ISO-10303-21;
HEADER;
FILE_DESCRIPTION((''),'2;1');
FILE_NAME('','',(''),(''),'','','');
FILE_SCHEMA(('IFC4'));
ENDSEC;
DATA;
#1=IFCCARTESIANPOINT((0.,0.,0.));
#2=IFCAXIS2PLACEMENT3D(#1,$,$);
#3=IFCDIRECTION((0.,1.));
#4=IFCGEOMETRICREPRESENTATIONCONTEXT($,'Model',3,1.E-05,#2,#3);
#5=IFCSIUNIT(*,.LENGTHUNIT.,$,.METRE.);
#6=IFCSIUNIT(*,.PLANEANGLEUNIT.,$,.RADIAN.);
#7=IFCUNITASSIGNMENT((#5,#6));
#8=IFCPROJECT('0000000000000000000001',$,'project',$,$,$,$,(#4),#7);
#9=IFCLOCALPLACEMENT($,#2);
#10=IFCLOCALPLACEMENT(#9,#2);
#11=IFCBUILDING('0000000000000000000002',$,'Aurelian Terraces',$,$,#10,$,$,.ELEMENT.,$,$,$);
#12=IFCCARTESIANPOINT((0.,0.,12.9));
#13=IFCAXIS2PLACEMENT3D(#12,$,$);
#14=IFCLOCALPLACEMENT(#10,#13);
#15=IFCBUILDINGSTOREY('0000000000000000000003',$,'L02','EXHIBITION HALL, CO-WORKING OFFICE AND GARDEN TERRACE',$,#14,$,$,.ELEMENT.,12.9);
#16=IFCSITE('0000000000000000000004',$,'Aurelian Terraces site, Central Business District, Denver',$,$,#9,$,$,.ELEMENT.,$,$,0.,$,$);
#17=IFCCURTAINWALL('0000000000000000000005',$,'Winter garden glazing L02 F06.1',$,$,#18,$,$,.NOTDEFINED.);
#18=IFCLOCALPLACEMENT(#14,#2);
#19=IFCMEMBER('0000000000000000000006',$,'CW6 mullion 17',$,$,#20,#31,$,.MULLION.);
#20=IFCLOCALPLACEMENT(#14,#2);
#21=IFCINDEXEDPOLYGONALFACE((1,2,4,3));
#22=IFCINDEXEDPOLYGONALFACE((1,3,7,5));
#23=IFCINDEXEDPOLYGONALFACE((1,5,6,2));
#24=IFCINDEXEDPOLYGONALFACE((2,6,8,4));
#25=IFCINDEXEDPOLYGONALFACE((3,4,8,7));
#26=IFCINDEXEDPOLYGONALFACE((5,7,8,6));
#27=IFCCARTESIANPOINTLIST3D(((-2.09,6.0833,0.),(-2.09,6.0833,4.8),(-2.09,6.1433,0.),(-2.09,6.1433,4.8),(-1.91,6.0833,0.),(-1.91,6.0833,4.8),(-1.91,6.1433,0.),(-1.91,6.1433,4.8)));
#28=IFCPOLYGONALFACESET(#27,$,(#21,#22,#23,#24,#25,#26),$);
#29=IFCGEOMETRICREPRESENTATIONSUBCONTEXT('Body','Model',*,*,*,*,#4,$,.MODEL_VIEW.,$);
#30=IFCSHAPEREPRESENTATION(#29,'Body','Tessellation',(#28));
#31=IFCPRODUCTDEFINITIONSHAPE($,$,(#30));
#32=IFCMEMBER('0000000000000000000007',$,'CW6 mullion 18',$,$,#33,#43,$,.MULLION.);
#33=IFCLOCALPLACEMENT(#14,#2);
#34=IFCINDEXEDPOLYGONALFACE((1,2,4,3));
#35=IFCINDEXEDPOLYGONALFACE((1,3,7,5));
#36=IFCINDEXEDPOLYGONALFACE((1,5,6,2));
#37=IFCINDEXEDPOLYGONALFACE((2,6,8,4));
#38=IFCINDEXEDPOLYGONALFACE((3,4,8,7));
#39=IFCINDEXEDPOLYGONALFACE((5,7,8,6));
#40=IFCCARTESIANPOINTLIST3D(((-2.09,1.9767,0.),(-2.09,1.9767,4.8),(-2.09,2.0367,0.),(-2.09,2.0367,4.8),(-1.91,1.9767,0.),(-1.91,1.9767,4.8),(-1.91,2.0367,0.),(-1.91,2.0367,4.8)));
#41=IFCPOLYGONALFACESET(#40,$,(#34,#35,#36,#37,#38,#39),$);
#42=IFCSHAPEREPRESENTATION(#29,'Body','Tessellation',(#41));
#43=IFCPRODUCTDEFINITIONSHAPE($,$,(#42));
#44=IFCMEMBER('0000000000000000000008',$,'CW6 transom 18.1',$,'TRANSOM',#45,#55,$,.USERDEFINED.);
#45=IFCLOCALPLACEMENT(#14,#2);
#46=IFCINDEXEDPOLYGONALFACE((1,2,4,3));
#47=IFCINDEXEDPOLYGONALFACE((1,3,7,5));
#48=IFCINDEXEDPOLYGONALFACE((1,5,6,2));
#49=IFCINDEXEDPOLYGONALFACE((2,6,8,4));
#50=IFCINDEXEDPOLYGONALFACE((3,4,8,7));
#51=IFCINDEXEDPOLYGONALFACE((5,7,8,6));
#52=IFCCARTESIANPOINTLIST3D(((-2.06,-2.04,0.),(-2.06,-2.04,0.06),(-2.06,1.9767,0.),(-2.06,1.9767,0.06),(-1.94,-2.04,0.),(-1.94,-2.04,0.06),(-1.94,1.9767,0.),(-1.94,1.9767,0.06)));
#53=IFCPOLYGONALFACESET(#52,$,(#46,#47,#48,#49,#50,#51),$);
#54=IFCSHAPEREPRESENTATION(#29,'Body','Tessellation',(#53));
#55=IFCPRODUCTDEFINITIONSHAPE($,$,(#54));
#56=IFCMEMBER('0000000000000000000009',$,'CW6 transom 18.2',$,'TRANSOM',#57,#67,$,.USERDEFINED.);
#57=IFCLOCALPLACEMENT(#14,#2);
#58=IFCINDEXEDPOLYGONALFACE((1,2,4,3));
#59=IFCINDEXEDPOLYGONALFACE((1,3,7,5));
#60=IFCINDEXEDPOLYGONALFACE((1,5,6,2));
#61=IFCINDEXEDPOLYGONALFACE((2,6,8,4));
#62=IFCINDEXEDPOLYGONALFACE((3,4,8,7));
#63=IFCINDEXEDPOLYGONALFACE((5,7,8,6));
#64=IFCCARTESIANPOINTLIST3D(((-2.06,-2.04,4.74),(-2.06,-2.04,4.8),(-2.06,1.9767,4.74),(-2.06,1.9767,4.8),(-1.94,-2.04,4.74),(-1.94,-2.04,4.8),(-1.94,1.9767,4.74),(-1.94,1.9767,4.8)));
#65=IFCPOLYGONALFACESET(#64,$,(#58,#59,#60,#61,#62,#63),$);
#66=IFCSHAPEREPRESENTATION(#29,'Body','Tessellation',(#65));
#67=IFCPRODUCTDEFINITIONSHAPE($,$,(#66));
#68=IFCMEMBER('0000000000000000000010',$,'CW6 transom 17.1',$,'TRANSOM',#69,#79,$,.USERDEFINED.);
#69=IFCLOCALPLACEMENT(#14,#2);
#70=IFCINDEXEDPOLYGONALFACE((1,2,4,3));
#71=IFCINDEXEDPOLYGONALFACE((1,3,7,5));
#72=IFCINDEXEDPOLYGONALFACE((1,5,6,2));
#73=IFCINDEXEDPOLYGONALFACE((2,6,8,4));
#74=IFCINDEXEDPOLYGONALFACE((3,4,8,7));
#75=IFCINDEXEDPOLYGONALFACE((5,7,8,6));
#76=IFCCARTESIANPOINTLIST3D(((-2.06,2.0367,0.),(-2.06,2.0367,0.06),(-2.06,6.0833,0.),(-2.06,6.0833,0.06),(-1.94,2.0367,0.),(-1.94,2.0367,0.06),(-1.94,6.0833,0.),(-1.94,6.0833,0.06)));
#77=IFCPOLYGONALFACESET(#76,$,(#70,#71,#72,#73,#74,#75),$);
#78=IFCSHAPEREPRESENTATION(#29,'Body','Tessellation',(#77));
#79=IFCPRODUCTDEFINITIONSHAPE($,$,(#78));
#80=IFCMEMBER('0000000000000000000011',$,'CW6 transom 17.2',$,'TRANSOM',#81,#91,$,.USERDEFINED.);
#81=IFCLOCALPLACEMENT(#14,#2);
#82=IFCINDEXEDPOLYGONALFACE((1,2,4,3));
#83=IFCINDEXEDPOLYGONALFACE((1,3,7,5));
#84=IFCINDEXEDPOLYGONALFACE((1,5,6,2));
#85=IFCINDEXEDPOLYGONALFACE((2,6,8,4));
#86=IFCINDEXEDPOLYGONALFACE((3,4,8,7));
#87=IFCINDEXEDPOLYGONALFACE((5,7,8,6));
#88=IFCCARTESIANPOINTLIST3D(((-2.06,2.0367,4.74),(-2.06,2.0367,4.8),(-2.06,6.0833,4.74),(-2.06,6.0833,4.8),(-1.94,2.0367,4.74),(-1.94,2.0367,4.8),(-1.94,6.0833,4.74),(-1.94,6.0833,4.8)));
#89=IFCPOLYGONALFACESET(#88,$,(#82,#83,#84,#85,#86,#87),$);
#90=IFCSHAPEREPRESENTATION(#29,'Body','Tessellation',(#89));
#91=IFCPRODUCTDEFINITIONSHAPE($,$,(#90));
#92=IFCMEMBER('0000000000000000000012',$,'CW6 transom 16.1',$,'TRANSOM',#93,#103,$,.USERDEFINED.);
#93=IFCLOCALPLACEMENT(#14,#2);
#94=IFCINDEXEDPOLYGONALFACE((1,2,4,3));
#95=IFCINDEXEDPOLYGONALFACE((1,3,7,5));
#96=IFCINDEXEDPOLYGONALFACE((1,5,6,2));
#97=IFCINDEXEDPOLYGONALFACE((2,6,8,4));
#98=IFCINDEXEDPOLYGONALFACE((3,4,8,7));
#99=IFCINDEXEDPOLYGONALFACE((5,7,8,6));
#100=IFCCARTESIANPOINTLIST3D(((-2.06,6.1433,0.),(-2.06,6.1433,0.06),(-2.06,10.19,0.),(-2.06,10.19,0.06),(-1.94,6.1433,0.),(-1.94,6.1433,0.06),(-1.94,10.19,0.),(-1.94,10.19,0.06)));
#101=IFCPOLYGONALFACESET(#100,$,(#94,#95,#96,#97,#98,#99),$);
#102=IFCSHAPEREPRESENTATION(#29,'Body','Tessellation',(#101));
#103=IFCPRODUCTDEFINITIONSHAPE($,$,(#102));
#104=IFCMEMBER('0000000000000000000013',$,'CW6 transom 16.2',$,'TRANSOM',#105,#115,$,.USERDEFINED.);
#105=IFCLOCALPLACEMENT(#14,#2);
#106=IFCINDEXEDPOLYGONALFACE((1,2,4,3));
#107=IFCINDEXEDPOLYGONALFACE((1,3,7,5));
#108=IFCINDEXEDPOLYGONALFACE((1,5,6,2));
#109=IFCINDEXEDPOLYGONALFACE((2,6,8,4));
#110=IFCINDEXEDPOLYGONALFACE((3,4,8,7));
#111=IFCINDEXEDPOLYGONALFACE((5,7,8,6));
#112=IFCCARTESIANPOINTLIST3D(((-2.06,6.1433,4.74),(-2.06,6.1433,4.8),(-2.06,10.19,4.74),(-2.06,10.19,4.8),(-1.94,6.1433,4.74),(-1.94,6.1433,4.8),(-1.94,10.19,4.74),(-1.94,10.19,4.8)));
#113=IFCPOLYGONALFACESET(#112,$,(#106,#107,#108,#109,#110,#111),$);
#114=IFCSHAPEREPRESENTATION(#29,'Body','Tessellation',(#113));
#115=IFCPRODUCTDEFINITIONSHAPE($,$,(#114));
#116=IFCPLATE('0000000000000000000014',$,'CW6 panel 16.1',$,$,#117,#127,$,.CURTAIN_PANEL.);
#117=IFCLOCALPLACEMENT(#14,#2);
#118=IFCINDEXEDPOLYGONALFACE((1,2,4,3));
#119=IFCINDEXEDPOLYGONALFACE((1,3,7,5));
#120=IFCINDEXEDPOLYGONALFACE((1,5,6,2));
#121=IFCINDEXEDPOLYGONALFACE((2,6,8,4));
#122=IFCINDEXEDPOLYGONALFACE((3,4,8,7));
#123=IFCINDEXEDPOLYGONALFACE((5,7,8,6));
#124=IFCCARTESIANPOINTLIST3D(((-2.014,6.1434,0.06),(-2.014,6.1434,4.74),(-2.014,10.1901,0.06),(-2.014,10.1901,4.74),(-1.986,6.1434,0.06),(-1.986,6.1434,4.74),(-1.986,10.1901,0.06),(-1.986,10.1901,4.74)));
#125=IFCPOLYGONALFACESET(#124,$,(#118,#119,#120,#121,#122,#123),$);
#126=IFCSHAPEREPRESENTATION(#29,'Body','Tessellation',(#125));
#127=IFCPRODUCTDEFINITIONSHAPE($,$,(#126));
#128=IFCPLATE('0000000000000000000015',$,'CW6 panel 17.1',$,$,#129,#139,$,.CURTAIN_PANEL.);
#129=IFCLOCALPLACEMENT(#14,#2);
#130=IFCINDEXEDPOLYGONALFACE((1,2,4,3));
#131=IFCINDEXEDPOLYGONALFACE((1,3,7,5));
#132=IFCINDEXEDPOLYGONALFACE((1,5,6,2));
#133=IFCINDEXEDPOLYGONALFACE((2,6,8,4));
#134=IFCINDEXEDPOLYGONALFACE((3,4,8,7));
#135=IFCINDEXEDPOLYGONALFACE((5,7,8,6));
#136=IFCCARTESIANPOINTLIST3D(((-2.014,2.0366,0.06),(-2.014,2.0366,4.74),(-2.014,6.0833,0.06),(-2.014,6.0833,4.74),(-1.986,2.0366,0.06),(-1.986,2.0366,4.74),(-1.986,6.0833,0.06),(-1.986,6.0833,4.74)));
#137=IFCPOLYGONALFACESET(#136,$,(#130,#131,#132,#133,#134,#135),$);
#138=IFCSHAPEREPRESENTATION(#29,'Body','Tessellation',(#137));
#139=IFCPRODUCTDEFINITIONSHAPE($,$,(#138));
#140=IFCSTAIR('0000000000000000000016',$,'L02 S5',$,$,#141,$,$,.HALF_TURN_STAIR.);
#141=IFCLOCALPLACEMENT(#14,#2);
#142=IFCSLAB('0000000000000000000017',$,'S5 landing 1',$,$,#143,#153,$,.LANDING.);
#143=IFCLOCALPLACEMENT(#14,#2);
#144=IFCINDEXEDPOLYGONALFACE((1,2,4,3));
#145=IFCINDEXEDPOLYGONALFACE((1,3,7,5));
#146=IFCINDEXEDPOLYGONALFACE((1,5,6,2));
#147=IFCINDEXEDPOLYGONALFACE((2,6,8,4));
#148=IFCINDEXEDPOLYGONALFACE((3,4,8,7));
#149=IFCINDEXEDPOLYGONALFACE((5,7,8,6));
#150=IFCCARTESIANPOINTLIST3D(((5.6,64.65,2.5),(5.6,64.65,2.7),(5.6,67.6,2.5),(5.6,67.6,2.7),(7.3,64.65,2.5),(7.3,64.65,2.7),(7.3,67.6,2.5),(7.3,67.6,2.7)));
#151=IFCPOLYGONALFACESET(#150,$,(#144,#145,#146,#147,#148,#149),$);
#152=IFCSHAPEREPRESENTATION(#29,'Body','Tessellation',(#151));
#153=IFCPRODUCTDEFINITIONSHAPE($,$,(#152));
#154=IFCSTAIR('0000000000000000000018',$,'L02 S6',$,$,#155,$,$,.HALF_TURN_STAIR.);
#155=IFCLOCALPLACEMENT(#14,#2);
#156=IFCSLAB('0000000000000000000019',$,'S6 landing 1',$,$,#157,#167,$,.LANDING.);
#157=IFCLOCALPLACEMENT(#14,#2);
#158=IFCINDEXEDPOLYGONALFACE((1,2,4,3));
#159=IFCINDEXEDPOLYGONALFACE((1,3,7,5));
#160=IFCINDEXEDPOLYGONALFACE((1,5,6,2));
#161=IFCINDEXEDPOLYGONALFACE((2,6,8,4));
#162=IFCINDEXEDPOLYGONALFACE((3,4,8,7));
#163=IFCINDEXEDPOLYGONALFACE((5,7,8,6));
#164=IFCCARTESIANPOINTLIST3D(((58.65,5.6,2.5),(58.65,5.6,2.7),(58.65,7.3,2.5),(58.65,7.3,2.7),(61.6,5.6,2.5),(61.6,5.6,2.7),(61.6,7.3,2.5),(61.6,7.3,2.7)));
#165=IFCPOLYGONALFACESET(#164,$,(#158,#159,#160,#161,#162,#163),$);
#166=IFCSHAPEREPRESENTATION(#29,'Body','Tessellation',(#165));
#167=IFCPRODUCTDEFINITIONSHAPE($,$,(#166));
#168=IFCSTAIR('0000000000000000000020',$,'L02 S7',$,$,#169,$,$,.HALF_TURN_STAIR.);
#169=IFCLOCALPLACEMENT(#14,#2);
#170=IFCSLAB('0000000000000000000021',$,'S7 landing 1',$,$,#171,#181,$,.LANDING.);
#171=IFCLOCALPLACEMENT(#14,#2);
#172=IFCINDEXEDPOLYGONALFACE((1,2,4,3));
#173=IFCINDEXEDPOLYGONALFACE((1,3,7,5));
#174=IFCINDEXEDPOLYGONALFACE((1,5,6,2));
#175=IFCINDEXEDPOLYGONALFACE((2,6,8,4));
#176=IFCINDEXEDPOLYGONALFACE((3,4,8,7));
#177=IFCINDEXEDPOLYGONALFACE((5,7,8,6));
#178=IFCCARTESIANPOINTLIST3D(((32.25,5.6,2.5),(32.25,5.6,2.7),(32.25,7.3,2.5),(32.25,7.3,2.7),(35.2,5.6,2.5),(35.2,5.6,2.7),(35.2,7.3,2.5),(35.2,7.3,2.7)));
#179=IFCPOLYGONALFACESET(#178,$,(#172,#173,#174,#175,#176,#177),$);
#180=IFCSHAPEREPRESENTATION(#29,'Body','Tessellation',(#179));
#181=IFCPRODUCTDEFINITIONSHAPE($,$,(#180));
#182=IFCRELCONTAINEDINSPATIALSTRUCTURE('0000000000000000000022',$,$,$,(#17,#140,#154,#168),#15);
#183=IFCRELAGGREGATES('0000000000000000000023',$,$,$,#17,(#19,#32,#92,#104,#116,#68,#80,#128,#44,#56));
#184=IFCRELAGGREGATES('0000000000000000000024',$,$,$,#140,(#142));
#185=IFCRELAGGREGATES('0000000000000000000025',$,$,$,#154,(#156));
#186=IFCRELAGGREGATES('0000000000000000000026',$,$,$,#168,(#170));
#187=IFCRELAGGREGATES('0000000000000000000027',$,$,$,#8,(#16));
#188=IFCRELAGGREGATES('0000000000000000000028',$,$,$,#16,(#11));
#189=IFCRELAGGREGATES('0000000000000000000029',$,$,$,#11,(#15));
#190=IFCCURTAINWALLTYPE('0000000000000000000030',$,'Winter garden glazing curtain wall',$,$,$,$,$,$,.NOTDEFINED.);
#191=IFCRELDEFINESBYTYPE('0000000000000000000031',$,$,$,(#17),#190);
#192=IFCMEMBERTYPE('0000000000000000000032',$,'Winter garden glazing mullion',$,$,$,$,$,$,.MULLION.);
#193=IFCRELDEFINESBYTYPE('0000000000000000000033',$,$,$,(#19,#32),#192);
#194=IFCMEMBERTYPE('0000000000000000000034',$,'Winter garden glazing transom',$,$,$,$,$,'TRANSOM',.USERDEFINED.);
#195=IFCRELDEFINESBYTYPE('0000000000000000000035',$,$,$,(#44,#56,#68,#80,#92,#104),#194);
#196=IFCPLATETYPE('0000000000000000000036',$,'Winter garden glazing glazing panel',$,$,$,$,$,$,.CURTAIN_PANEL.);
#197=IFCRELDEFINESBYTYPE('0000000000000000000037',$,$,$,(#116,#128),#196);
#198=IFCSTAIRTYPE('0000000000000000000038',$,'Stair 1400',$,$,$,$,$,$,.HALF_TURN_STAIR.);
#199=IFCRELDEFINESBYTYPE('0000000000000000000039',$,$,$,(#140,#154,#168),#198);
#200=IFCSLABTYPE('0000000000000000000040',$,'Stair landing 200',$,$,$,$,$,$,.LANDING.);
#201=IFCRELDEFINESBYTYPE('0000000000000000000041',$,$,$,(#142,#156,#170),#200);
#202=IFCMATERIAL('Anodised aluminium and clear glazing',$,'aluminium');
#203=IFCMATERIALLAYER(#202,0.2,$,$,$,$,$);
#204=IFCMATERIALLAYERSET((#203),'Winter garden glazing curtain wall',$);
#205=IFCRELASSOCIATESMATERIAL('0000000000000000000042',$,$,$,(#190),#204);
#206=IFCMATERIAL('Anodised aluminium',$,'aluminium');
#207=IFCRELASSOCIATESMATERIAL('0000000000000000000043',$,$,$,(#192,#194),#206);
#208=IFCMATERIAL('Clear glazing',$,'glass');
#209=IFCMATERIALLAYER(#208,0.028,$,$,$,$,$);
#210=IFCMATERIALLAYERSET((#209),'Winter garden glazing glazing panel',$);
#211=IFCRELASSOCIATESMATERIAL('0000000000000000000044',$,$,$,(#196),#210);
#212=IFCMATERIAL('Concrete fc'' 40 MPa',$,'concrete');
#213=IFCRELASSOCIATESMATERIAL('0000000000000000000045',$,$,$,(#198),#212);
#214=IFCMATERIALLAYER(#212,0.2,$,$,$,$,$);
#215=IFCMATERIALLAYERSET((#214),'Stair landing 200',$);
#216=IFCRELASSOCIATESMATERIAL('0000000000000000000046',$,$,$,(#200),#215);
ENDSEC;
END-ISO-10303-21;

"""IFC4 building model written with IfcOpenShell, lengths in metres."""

from ifc_helpers import new_model, si_unit, direction, frame, origin, origin_2d, place, context, subcontext, project, spatial, polyline, rectangle, outline, extrude, source, transform, mapped, material, layer, layer_set, material_profile, profile_set, type_object, element, aggregate, save


model = new_model("IFC4")

# Units and contexts
model_context = context("Model", 3, precision=1e-05, world=origin(), true_north=direction((0.0, 1.0)))
body_context = subcontext(model_context, "Body", "Model", "MODEL_VIEW")
ifc_project = project(units=[si_unit("LENGTHUNIT", "METRE"), si_unit("PLANEANGLEUNIT", "RADIAN")], contexts=[model_context])

# Site, building, storey
site_placement = place(None, origin())
site = spatial("IfcSite", under=ifc_project, at=site_placement, Name="Aurelian Terraces site, Central Business District, Denver", CompositionType="ELEMENT", RefElevation=0.0)
building_placement = place(site_placement, origin())
building = spatial("IfcBuilding", under=site, at=building_placement, Name="Aurelian Terraces", CompositionType="ELEMENT")
storey_placement = place(building_placement, frame((0.0, 0.0, 12.9)))
storey = spatial("IfcBuildingStorey", under=building, at=storey_placement, Name="L02", Description="EXHIBITION HALL, CO-WORKING OFFICE AND GARDEN TERRACE", CompositionType="ELEMENT", Elevation=12.9)

# Curtain wall, members, plates
ifc_material_1 = material(Name="Anodised aluminium and clear glazing", Category="aluminium")
ifc_layer_1 = layer(ifc_material_1, 0.2)
ifc_layer_set_1 = layer_set([ifc_layer_1], Name="Winter garden glazing curtain wall")
curtain_wall_type = type_object("IfcCurtainWallType", Name="Winter garden glazing curtain wall", PredefinedType="NOTDEFINED", material=ifc_layer_set_1)
curtain_wall_placement = place(storey_placement, origin())
curtain_wall = element("IfcCurtainWall", 1, at=curtain_wall_placement, inside=storey, type_object=curtain_wall_type, Name="Winter garden glazing L02 F06.1", PredefinedType="NOTDEFINED")
ifc_material_2 = material(Name="Anodised aluminium", Category="aluminium")
ifc_material_profile_1 = material_profile(ifc_material_2, rectangle(XDim=0.18, YDim=0.06, at=origin_2d()))
ifc_profile_set_1 = profile_set([ifc_material_profile_1], Name="Anodised aluminium")
member_type_1 = type_object("IfcMemberType", Name="Winter garden glazing mullion", PredefinedType="MULLION", material=ifc_profile_set_1)
shared_shape_1 = source(origin(), body_context, "Body", "SweptSolid", [
    extrude(rectangle(XDim=0.18, YDim=0.06, at=origin_2d()), origin(), (0.0, 0.0, 1.0), 4.8),
])
member_1_placement = place(storey_placement, frame((-2.0, 6.1133, 0.0), z_axis=(0.0, 0.0, 1.0), x_axis=(1.0, 0.0, 0.0)))
member_1 = element("IfcMember", 2, at=member_1_placement, type_object=member_type_1, Name="CW6 mullion 17", PredefinedType="MULLION", context=body_context, shape_type="MappedRepresentation", body=[
    mapped(shared_shape_1, transform((0.0, 0.0, 0.0), scale=1.0)),
])
member_2_placement = place(storey_placement, frame((-2.0, 2.0067, 0.0), z_axis=(0.0, 0.0, 1.0), x_axis=(1.0, 0.0, 0.0)))
member_2 = element("IfcMember", 3, at=member_2_placement, type_object=member_type_1, Name="CW6 mullion 18", PredefinedType="MULLION", context=body_context, shape_type="MappedRepresentation", body=[
    mapped(shared_shape_1, transform((0.0, 0.0, 0.0), scale=1.0)),
])
ifc_material_profile_2 = material_profile(ifc_material_2, rectangle(XDim=0.12, YDim=0.06, at=origin_2d()))
ifc_profile_set_2 = profile_set([ifc_material_profile_2], Name="Anodised aluminium")
member_type_2 = type_object("IfcMemberType", Name="Winter garden glazing transom", ElementType="TRANSOM", PredefinedType="USERDEFINED", material=ifc_profile_set_2)
shared_shape_2 = source(origin(), body_context, "Body", "SweptSolid", [
    extrude(rectangle(XDim=0.12, YDim=0.06, at=origin_2d()), origin(), (0.0, 0.0, 1.0), 4.0167),
])
member_3_placement = place(storey_placement, frame((-2.0, 1.9767, 0.03), z_axis=(0.0, -1.0, 0.0), x_axis=(1.0, 0.0, 0.0)))
member_3 = element("IfcMember", 4, at=member_3_placement, type_object=member_type_2, Name="CW6 transom 18.1", ObjectType="TRANSOM", PredefinedType="USERDEFINED", context=body_context, shape_type="MappedRepresentation", body=[
    mapped(shared_shape_2, transform((0.0, 0.0, 0.0), scale=1.0)),
])
member_4_placement = place(storey_placement, frame((-2.0, 1.9767, 4.77), z_axis=(0.0, -1.0, 0.0), x_axis=(1.0, 0.0, 0.0)))
member_4 = element("IfcMember", 5, at=member_4_placement, type_object=member_type_2, Name="CW6 transom 18.2", ObjectType="TRANSOM", PredefinedType="USERDEFINED", context=body_context, shape_type="MappedRepresentation", body=[
    mapped(shared_shape_2, transform((0.0, 0.0, 0.0), scale=1.0)),
])
shared_shape_3 = source(origin(), body_context, "Body", "SweptSolid", [
    extrude(rectangle(XDim=0.12, YDim=0.06, at=origin_2d()), origin(), (0.0, 0.0, 1.0), 4.0466),
])
member_5_placement = place(storey_placement, frame((-2.0, 6.0833, 0.03), z_axis=(0.0, -1.0, 0.0), x_axis=(1.0, 0.0, 0.0)))
member_5 = element("IfcMember", 6, at=member_5_placement, type_object=member_type_2, Name="CW6 transom 17.1", ObjectType="TRANSOM", PredefinedType="USERDEFINED", context=body_context, shape_type="MappedRepresentation", body=[
    mapped(shared_shape_3, transform((0.0, 0.0, 0.0), scale=1.0)),
])
member_6_placement = place(storey_placement, frame((-2.0, 6.0833, 4.77), z_axis=(0.0, -1.0, 0.0), x_axis=(1.0, 0.0, 0.0)))
member_6 = element("IfcMember", 7, at=member_6_placement, type_object=member_type_2, Name="CW6 transom 17.2", ObjectType="TRANSOM", PredefinedType="USERDEFINED", context=body_context, shape_type="MappedRepresentation", body=[
    mapped(shared_shape_3, transform((0.0, 0.0, 0.0), scale=1.0)),
])
shared_shape_4 = source(origin(), body_context, "Body", "SweptSolid", [
    extrude(rectangle(XDim=0.12, YDim=0.06, at=origin_2d()), origin(), (0.0, 0.0, 1.0), 4.0467),
])
member_7_placement = place(storey_placement, frame((-2.0, 10.19, 0.03), z_axis=(0.0, -1.0, 0.0), x_axis=(1.0, 0.0, 0.0)))
member_7 = element("IfcMember", 8, at=member_7_placement, type_object=member_type_2, Name="CW6 transom 16.1", ObjectType="TRANSOM", PredefinedType="USERDEFINED", context=body_context, shape_type="MappedRepresentation", body=[
    mapped(shared_shape_4, transform((0.0, 0.0, 0.0), scale=1.0)),
])
member_8_placement = place(storey_placement, frame((-2.0, 10.19, 4.77), z_axis=(0.0, -1.0, 0.0), x_axis=(1.0, 0.0, 0.0)))
member_8 = element("IfcMember", 9, at=member_8_placement, type_object=member_type_2, Name="CW6 transom 16.2", ObjectType="TRANSOM", PredefinedType="USERDEFINED", context=body_context, shape_type="MappedRepresentation", body=[
    mapped(shared_shape_4, transform((0.0, 0.0, 0.0), scale=1.0)),
])
ifc_material_3 = material(Name="Clear glazing", Category="glass")
ifc_layer_2 = layer(ifc_material_3, 0.028)
ifc_layer_set_2 = layer_set([ifc_layer_2], Name="Winter garden glazing glazing panel")
plate_type = type_object("IfcPlateType", Name="Winter garden glazing glazing panel", PredefinedType="CURTAIN_PANEL", material=ifc_layer_set_2)
shared_shape_5 = source(origin(), body_context, "Body", "SweptSolid", [
    extrude(rectangle(XDim=4.0467, YDim=0.028, at=origin_2d()), origin(), (0.0, 0.0, 1.0), 4.68),
])
plate_1_placement = place(storey_placement, frame((-2.0, 8.1667, 0.06), z_axis=(0.0, 0.0, 1.0), x_axis=(0.0, -1.0, 0.0)))
plate_1 = element("IfcPlate", 10, at=plate_1_placement, type_object=plate_type, Name="CW6 panel 16.1", PredefinedType="CURTAIN_PANEL", context=body_context, shape_type="MappedRepresentation", body=[
    mapped(shared_shape_5, transform((0.0, 0.0, 0.0), scale=1.0)),
])
plate_2_placement = place(storey_placement, frame((-2.0, 4.06, 0.06), z_axis=(0.0, 0.0, 1.0), x_axis=(0.0, -1.0, 0.0)))
plate_2 = element("IfcPlate", 11, at=plate_2_placement, type_object=plate_type, Name="CW6 panel 17.1", PredefinedType="CURTAIN_PANEL", context=body_context, shape_type="MappedRepresentation", body=[
    mapped(shared_shape_5, transform((0.0, 0.0, 0.0), scale=1.0)),
])
aggregate(curtain_wall, [member_1, member_2, member_7, member_8, plate_1, member_5, member_6, plate_2, member_3, member_4])

# Stairs, slabs
ifc_material_4 = material(Name="Concrete fc' 40 MPa", Category="concrete")
stair_type = type_object("IfcStairType", Name="Stair 1400", PredefinedType="HALF_TURN_STAIR", material=ifc_material_4)
stair_1_placement = place(storey_placement, origin())
stair_1 = element("IfcStair", 12, at=stair_1_placement, inside=storey, type_object=stair_type, Name="L02 S5", PredefinedType="HALF_TURN_STAIR")
ifc_layer_3 = layer(ifc_material_4, 0.2)
ifc_layer_set_3 = layer_set([ifc_layer_3], Name="Stair landing 200")
slab_type = type_object("IfcSlabType", Name="Stair landing 200", PredefinedType="LANDING", material=ifc_layer_set_3)
shared_shape_6 = source(origin(), body_context, "Body", "SweptSolid", [
    extrude(outline(polyline([(5.6, 64.65), (7.3, 64.65), (7.3, 67.6), (5.6, 67.6), (5.6, 64.65)])), origin(), (0.0, 0.0, 1.0), 0.2),
])
slab_1_placement = place(storey_placement, frame((0.0, 0.0, 2.5)))
slab_1 = element("IfcSlab", 13, at=slab_1_placement, type_object=slab_type, Name="S5 landing 1", PredefinedType="LANDING", context=body_context, shape_type="MappedRepresentation", body=[
    mapped(shared_shape_6, transform((0.0, 0.0, 0.0), scale=1.0)),
])
aggregate(stair_1, [slab_1])
stair_2_placement = place(storey_placement, origin())
stair_2 = element("IfcStair", 14, at=stair_2_placement, inside=storey, type_object=stair_type, Name="L02 S6", PredefinedType="HALF_TURN_STAIR")
shared_shape_7 = source(origin(), body_context, "Body", "SweptSolid", [
    extrude(outline(polyline([(61.6, 5.6), (61.6, 7.3), (58.65, 7.3), (58.65, 5.6), (61.6, 5.6)])), origin(), (0.0, 0.0, 1.0), 0.2),
])
slab_2_placement = place(storey_placement, frame((0.0, 0.0, 2.5)))
slab_2 = element("IfcSlab", 15, at=slab_2_placement, type_object=slab_type, Name="S6 landing 1", PredefinedType="LANDING", context=body_context, shape_type="MappedRepresentation", body=[
    mapped(shared_shape_7, transform((0.0, 0.0, 0.0), scale=1.0)),
])
aggregate(stair_2, [slab_2])
stair_3_placement = place(storey_placement, origin())
stair_3 = element("IfcStair", 16, at=stair_3_placement, inside=storey, type_object=stair_type, Name="L02 S7", PredefinedType="HALF_TURN_STAIR")
shared_shape_8 = source(origin(), body_context, "Body", "SweptSolid", [
    extrude(outline(polyline([(35.2, 5.6), (35.2, 7.3), (32.25, 7.3), (32.25, 5.6), (35.2, 5.6)])), origin(), (0.0, 0.0, 1.0), 0.2),
])
slab_3_placement = place(storey_placement, frame((0.0, 0.0, 2.5)))
slab_3 = element("IfcSlab", 17, at=slab_3_placement, type_object=slab_type, Name="S7 landing 1", PredefinedType="LANDING", context=body_context, shape_type="MappedRepresentation", body=[
    mapped(shared_shape_8, transform((0.0, 0.0, 0.0), scale=1.0)),
])
aggregate(stair_3, [slab_3])

save(model, "model.ifc")
